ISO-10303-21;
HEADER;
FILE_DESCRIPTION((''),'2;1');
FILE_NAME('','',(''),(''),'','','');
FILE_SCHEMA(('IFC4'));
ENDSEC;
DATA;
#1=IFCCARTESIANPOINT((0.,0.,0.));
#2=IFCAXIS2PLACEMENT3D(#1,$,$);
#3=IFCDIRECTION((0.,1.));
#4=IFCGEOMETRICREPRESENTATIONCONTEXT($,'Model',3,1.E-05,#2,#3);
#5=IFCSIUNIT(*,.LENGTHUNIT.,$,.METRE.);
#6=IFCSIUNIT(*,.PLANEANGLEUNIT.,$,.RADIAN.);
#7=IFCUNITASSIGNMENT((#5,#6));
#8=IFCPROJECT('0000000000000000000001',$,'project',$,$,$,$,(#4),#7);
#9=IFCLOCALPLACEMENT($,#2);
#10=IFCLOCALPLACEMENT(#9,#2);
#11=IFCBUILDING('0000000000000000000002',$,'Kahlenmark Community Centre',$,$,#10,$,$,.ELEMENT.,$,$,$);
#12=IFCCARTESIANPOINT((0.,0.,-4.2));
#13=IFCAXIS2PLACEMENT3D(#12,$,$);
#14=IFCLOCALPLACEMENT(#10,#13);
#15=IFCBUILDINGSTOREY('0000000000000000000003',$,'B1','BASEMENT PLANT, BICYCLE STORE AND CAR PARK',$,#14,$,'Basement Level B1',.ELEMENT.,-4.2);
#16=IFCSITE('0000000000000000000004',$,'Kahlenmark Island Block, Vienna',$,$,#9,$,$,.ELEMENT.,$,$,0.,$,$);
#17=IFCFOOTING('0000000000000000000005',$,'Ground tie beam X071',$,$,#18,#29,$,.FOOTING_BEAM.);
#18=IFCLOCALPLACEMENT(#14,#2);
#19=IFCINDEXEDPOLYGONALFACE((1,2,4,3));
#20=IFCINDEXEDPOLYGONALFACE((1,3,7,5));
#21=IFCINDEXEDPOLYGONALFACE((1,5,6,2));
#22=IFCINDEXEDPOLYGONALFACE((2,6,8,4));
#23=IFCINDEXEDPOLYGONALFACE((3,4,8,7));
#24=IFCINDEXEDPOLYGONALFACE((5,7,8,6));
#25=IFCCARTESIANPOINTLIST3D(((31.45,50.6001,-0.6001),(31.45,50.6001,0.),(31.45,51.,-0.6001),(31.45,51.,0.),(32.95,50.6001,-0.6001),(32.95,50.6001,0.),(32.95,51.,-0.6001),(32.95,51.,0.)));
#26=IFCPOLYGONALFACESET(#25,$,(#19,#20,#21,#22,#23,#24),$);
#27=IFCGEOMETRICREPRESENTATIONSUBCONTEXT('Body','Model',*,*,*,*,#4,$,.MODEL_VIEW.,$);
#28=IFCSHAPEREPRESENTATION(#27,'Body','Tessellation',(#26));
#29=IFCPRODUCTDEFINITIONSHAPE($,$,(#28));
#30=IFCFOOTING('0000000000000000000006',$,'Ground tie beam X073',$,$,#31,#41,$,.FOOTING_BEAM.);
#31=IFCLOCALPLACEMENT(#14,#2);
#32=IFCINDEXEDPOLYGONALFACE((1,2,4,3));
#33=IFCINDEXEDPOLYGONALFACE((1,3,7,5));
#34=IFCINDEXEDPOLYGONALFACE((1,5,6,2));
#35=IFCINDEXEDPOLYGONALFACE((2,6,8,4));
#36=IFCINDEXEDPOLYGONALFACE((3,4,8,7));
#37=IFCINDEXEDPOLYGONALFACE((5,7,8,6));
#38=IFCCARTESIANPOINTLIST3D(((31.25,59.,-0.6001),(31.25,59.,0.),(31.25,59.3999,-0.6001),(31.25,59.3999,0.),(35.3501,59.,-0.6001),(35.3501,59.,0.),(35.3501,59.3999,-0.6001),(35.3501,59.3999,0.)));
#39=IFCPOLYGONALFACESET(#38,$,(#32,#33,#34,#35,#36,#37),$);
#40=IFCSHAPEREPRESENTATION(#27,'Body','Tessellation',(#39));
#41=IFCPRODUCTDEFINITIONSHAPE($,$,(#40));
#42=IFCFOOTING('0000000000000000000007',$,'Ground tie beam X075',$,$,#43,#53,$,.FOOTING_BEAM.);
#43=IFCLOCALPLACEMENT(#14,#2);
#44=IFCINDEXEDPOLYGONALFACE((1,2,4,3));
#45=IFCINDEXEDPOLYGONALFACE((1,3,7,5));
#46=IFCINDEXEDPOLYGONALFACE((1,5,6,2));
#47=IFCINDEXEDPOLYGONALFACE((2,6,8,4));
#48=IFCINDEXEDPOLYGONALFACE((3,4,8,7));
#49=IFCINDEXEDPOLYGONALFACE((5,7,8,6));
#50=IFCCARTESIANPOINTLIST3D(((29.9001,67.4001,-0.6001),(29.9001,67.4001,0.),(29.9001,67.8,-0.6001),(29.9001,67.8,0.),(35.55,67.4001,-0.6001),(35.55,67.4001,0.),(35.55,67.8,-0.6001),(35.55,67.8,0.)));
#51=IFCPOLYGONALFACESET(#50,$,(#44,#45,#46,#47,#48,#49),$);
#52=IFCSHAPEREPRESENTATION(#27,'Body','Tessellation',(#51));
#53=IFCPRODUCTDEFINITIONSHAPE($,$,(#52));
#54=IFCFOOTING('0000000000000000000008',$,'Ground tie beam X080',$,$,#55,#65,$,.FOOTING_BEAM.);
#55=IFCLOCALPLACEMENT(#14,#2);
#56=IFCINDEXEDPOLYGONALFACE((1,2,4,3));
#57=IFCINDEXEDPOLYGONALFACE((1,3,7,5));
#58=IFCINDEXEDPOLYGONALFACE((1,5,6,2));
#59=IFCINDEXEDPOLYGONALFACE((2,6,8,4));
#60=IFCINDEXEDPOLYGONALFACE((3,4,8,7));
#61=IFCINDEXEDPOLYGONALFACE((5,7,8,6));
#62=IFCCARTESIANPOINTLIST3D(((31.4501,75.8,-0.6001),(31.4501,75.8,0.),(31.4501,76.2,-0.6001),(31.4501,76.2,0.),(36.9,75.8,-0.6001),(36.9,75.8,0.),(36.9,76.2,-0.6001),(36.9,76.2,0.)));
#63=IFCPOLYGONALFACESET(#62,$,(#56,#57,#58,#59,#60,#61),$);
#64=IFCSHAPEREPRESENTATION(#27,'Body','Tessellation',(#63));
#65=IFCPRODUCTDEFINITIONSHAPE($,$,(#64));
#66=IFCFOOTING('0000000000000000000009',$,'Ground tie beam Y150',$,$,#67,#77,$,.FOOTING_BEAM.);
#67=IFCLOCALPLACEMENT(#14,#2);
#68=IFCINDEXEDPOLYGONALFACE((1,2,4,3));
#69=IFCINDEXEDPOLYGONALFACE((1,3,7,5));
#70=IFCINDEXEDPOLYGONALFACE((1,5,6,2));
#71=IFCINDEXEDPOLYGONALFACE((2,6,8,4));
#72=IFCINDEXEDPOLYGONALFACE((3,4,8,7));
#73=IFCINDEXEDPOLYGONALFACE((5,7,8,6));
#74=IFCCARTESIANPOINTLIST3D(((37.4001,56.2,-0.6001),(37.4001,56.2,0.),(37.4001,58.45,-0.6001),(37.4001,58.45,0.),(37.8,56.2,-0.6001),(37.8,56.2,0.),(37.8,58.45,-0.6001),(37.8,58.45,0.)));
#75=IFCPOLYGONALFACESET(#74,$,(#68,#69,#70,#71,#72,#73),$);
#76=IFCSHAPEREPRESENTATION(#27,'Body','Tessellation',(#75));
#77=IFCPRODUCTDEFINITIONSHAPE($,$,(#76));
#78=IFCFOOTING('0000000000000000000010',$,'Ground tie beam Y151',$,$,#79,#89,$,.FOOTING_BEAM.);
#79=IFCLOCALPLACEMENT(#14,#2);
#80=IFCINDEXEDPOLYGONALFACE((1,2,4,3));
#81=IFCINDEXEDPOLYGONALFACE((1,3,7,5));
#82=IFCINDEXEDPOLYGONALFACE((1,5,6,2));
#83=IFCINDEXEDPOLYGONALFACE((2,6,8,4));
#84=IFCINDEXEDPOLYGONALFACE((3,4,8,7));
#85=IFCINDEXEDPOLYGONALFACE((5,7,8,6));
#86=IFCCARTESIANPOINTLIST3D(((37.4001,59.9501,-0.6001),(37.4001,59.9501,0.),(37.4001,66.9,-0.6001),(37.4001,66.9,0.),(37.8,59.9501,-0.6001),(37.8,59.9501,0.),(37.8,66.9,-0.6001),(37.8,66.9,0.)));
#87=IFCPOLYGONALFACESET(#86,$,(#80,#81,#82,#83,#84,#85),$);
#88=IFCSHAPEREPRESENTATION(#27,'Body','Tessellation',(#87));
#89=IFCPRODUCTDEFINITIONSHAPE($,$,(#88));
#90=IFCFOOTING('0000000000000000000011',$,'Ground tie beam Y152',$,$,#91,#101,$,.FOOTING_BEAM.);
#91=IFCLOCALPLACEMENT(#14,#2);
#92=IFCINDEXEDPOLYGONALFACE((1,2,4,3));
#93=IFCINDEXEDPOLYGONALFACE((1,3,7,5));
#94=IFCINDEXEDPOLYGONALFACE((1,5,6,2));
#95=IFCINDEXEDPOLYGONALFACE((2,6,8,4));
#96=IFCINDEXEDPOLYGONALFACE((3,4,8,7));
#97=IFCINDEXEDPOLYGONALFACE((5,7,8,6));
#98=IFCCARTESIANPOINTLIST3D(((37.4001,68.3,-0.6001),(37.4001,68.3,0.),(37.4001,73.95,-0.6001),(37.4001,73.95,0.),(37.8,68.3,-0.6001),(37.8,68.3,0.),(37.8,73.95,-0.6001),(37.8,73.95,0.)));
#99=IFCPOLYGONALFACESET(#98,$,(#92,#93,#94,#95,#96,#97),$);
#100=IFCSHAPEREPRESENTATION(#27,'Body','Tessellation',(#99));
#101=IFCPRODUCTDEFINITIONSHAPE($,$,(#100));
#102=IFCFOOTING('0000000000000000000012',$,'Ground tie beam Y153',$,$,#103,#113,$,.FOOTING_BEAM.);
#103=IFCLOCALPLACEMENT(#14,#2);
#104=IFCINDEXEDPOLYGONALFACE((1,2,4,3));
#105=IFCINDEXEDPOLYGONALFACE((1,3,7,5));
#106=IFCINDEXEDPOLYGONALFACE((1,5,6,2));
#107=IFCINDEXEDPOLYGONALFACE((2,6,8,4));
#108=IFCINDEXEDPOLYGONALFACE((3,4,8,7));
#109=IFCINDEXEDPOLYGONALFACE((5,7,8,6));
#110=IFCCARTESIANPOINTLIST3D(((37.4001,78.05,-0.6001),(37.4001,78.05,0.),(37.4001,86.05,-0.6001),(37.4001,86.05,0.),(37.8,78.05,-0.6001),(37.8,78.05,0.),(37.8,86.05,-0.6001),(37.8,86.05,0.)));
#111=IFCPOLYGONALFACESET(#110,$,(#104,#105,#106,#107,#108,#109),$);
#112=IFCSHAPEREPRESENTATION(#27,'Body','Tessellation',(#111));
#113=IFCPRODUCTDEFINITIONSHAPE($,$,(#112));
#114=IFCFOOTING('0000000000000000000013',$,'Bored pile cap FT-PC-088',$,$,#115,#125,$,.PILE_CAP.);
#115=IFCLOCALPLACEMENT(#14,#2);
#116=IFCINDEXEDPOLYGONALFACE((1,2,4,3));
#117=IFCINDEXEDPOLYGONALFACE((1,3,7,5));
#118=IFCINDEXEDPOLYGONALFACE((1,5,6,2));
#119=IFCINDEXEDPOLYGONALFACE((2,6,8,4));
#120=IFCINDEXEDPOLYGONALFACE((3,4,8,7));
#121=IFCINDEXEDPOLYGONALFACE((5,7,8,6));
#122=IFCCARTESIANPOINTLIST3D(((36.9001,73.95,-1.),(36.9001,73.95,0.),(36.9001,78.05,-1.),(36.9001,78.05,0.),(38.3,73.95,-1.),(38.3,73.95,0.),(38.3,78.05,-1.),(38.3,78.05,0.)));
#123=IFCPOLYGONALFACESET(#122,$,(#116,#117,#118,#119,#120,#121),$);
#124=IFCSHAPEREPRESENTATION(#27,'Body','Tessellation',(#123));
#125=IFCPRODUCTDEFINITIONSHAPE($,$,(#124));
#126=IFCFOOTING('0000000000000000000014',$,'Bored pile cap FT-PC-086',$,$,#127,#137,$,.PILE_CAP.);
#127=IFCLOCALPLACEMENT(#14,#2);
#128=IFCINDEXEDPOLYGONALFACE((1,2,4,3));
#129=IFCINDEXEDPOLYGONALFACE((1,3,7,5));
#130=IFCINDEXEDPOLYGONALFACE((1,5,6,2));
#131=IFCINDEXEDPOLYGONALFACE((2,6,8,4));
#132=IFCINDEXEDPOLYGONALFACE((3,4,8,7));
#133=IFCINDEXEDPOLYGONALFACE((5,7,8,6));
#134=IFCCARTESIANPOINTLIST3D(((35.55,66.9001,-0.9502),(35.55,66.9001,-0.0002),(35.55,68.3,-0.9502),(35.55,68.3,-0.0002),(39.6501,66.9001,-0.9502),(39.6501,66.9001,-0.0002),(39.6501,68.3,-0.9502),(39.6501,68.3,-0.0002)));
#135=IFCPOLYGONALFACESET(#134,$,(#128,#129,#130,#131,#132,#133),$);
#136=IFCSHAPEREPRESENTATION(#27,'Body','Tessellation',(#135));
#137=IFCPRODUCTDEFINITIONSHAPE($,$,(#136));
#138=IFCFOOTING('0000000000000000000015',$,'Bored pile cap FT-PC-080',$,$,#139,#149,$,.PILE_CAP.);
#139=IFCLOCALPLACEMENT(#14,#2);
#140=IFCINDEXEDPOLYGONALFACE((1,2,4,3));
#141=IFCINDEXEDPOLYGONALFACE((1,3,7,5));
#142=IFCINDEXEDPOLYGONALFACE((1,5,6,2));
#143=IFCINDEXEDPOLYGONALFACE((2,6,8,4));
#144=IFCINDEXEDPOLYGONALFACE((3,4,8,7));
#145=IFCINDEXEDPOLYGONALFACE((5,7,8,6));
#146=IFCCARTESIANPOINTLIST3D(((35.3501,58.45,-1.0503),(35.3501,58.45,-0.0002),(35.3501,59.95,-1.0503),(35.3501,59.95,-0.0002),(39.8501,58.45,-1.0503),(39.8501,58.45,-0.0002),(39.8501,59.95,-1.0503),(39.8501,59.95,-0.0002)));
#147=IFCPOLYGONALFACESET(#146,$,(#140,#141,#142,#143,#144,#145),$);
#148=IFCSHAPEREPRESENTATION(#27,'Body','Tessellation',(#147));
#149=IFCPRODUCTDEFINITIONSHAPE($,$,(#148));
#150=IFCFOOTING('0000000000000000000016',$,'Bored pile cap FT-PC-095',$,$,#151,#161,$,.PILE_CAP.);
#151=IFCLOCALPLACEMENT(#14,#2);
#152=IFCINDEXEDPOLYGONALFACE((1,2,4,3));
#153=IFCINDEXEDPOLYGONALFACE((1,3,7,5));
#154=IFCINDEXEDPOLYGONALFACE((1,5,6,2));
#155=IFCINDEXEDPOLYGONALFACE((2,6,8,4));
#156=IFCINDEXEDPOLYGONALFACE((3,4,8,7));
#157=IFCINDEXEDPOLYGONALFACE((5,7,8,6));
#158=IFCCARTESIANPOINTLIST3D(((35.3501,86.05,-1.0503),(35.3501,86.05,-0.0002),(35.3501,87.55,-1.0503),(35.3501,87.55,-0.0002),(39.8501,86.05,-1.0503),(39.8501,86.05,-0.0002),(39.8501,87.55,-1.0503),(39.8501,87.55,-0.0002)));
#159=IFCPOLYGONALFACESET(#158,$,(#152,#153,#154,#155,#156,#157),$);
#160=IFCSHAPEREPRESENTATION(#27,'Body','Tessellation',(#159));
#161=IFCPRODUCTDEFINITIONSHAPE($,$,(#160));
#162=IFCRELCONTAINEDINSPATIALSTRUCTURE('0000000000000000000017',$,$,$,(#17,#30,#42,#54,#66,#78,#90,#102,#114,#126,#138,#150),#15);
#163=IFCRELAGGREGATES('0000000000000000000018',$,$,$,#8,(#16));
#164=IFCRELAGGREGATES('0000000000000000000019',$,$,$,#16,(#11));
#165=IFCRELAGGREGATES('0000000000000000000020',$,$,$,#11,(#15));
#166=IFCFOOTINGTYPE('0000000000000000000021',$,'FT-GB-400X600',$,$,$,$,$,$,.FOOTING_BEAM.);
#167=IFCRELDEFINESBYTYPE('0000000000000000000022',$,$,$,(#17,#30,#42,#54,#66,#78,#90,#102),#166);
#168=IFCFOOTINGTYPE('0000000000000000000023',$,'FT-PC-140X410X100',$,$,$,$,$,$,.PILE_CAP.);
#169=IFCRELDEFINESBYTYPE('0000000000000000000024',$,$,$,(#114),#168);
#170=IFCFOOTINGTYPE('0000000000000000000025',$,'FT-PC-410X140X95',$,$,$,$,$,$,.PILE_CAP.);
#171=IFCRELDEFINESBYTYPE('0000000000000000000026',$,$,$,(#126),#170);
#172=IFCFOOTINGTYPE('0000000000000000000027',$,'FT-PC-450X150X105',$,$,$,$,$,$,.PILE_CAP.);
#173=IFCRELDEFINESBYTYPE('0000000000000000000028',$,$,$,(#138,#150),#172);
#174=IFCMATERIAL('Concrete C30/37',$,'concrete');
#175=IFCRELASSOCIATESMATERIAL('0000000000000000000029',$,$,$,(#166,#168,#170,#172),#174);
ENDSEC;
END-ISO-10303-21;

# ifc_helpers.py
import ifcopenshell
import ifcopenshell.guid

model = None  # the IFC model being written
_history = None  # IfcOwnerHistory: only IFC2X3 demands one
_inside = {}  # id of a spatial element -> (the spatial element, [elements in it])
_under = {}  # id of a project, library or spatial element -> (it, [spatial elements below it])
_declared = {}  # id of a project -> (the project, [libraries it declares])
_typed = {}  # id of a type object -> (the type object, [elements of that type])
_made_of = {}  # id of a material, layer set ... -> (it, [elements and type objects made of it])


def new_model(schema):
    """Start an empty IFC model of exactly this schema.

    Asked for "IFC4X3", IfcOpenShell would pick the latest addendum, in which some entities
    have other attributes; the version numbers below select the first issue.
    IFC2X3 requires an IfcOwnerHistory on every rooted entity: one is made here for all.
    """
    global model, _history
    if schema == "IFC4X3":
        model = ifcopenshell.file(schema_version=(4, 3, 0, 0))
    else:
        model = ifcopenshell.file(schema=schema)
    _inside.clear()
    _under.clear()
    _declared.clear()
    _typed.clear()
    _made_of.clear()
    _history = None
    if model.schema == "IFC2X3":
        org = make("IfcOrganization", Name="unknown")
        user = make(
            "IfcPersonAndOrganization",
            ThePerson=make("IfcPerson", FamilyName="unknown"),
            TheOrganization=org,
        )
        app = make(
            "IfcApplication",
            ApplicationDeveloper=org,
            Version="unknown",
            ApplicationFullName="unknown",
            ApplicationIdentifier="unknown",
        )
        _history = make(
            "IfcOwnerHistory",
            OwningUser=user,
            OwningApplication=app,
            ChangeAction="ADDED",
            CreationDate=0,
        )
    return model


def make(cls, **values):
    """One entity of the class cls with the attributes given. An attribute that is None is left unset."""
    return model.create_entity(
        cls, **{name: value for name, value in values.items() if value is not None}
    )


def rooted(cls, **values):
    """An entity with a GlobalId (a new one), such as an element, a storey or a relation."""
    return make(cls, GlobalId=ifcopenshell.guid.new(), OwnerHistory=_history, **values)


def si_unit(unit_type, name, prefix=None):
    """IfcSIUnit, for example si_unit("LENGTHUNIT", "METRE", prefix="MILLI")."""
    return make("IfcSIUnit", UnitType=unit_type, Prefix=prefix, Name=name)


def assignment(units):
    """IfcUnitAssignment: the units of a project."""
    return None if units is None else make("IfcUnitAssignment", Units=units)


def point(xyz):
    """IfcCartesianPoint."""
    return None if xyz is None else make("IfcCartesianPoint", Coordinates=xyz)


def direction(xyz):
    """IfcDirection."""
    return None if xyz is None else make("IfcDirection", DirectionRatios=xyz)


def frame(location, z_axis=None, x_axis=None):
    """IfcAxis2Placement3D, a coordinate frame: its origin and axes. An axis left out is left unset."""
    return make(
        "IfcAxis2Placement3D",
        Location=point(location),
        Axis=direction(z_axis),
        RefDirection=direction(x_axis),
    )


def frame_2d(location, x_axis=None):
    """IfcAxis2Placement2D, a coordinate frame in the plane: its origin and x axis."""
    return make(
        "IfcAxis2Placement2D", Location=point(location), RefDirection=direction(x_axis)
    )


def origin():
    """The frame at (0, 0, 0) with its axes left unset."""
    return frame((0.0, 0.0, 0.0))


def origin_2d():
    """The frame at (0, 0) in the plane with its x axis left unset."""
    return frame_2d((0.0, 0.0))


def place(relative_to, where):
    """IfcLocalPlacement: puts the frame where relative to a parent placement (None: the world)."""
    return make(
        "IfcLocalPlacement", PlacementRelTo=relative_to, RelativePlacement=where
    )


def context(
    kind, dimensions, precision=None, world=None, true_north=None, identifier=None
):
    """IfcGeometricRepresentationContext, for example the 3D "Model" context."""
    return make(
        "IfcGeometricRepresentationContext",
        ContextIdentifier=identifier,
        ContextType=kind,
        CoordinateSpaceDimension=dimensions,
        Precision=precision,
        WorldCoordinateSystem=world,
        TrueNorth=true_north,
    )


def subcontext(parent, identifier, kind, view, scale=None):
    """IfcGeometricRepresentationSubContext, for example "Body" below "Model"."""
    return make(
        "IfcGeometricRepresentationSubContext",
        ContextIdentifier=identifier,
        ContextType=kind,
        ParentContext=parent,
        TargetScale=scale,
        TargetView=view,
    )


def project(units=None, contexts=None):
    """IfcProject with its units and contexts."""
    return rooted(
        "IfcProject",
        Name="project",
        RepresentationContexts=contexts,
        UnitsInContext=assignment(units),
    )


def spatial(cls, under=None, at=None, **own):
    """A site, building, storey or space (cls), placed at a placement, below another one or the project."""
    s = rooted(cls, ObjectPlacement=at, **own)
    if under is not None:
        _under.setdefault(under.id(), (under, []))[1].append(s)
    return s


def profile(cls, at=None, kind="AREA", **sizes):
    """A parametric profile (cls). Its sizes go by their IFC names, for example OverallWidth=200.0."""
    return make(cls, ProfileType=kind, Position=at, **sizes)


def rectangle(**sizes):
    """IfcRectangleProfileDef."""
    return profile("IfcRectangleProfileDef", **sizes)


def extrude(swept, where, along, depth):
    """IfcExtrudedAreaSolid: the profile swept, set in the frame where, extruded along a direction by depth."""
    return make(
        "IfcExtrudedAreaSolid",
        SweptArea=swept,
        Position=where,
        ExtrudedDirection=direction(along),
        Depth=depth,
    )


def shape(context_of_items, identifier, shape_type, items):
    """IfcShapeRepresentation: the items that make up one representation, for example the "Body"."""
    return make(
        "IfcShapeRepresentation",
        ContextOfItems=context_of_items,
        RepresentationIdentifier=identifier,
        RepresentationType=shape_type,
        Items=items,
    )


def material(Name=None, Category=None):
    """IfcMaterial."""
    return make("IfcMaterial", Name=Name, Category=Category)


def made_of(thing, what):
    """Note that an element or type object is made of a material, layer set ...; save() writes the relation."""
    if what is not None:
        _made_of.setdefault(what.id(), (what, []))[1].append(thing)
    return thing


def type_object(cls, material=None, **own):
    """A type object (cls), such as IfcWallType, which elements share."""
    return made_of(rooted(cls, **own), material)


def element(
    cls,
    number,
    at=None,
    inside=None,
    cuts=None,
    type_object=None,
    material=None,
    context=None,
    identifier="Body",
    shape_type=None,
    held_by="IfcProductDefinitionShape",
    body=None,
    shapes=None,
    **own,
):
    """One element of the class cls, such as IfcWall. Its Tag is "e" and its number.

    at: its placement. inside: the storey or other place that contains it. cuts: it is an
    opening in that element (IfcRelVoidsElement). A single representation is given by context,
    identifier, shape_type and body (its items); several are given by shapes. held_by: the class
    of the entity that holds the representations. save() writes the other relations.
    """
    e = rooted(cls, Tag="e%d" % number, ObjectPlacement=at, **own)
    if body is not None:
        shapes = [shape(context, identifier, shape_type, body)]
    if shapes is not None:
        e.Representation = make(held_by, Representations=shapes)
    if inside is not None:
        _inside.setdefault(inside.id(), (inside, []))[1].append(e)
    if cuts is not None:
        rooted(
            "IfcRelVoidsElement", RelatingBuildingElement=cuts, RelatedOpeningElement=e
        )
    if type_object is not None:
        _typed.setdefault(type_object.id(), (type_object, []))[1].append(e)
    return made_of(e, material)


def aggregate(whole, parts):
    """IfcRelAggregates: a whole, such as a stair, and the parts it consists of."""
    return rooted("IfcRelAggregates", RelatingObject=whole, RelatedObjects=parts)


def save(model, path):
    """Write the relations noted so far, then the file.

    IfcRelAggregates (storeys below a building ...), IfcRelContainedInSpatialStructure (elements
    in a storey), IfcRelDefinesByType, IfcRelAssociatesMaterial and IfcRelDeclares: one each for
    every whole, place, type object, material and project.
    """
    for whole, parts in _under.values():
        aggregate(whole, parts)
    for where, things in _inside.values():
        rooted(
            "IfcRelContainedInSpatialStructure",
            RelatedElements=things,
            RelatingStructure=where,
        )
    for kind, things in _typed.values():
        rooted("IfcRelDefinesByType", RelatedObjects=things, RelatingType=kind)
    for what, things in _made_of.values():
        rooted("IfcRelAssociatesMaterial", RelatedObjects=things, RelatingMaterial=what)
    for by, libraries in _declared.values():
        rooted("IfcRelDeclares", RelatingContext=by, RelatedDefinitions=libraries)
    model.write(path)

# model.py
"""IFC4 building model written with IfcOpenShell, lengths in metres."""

from ifc_helpers import new_model, si_unit, direction, frame, origin, origin_2d, place, context, subcontext, project, spatial, rectangle, extrude, material, type_object, element, save


model = new_model("IFC4")

# Units and contexts
model_context = context("Model", 3, precision=1e-05, world=origin(), true_north=direction((0.0, 1.0)))
body_context = subcontext(model_context, "Body", "Model", "MODEL_VIEW")
ifc_project = project(units=[si_unit("LENGTHUNIT", "METRE"), si_unit("PLANEANGLEUNIT", "RADIAN")], contexts=[model_context])

# Site, building, storey
site_placement = place(None, origin())
site = spatial("IfcSite", under=ifc_project, at=site_placement, Name="Kahlenmark Island Block, Vienna", CompositionType="ELEMENT", RefElevation=0.0)
building_placement = place(site_placement, origin())
building = spatial("IfcBuilding", under=site, at=building_placement, Name="Kahlenmark Community Centre", CompositionType="ELEMENT")
storey_placement = place(building_placement, frame((0.0, 0.0, -4.2)))
storey = spatial("IfcBuildingStorey", under=building, at=storey_placement, Name="B1", Description="BASEMENT PLANT, BICYCLE STORE AND CAR PARK", LongName="Basement Level B1", CompositionType="ELEMENT", Elevation=-4.2)

# Footings
ifc_material_1 = material(Name="Concrete C30/37", Category="concrete")
footing_type_1 = type_object("IfcFootingType", Name="FT-GB-400X600", PredefinedType="FOOTING_BEAM", material=ifc_material_1)
footing_1_placement = place(storey_placement, frame((32.2, 50.8, -0.6001), z_axis=(0.0, 0.0, 1.0), x_axis=(1.0, 0.0, 0.0)))
element("IfcFooting", 1, at=footing_1_placement, inside=storey, type_object=footing_type_1, Name="Ground tie beam X071", PredefinedType="FOOTING_BEAM", context=body_context, shape_type="SweptSolid", body=[
    extrude(rectangle(XDim=1.5, YDim=0.3999, at=origin_2d()), origin(), (0.0, 0.0, 1.0), 0.6001),
])
footing_2_placement = place(storey_placement, frame((33.3, 59.2, -0.6001), z_axis=(0.0, 0.0, 1.0), x_axis=(1.0, 0.0, 0.0)))
element("IfcFooting", 2, at=footing_2_placement, inside=storey, type_object=footing_type_1, Name="Ground tie beam X073", PredefinedType="FOOTING_BEAM", context=body_context, shape_type="SweptSolid", body=[
    extrude(rectangle(XDim=4.1001, YDim=0.3999, at=origin_2d()), origin(), (0.0, 0.0, 1.0), 0.6001),
])
footing_3_placement = place(storey_placement, frame((32.7251, 67.6001, -0.6001), z_axis=(0.0, 0.0, 1.0), x_axis=(1.0, 0.0, 0.0)))
element("IfcFooting", 3, at=footing_3_placement, inside=storey, type_object=footing_type_1, Name="Ground tie beam X075", PredefinedType="FOOTING_BEAM", context=body_context, shape_type="SweptSolid", body=[
    extrude(rectangle(XDim=5.6499, YDim=0.3999, at=origin_2d()), origin(), (0.0, 0.0, 1.0), 0.6001),
])
footing_4_placement = place(storey_placement, frame((34.175, 76.0, -0.6001), z_axis=(0.0, 0.0, 1.0), x_axis=(1.0, 0.0, 0.0)))
element("IfcFooting", 4, at=footing_4_placement, inside=storey, type_object=footing_type_1, Name="Ground tie beam X080", PredefinedType="FOOTING_BEAM", context=body_context, shape_type="SweptSolid", body=[
    extrude(rectangle(XDim=5.45, YDim=0.3999, at=origin_2d()), origin(), (0.0, 0.0, 1.0), 0.6001),
])
footing_5_placement = place(storey_placement, frame((37.6001, 57.325, -0.6001), z_axis=(0.0, 0.0, 1.0), x_axis=(1.0, 0.0, 0.0)))
element("IfcFooting", 5, at=footing_5_placement, inside=storey, type_object=footing_type_1, Name="Ground tie beam Y150", PredefinedType="FOOTING_BEAM", context=body_context, shape_type="SweptSolid", body=[
    extrude(rectangle(XDim=0.3999, YDim=2.25, at=origin_2d()), origin(), (0.0, 0.0, 1.0), 0.6001),
])
footing_6_placement = place(storey_placement, frame((37.6001, 63.425, -0.6001), z_axis=(0.0, 0.0, 1.0), x_axis=(1.0, 0.0, 0.0)))
element("IfcFooting", 6, at=footing_6_placement, inside=storey, type_object=footing_type_1, Name="Ground tie beam Y151", PredefinedType="FOOTING_BEAM", context=body_context, shape_type="SweptSolid", body=[
    extrude(rectangle(XDim=0.3999, YDim=6.95, at=origin_2d()), origin(), (0.0, 0.0, 1.0), 0.6001),
])
footing_7_placement = place(storey_placement, frame((37.6001, 71.125, -0.6001), z_axis=(0.0, 0.0, 1.0), x_axis=(1.0, 0.0, 0.0)))
element("IfcFooting", 7, at=footing_7_placement, inside=storey, type_object=footing_type_1, Name="Ground tie beam Y152", PredefinedType="FOOTING_BEAM", context=body_context, shape_type="SweptSolid", body=[
    extrude(rectangle(XDim=0.3999, YDim=5.6499, at=origin_2d()), origin(), (0.0, 0.0, 1.0), 0.6001),
])
footing_8_placement = place(storey_placement, frame((37.6001, 82.05, -0.6001), z_axis=(0.0, 0.0, 1.0), x_axis=(1.0, 0.0, 0.0)))
element("IfcFooting", 8, at=footing_8_placement, inside=storey, type_object=footing_type_1, Name="Ground tie beam Y153", PredefinedType="FOOTING_BEAM", context=body_context, shape_type="SweptSolid", body=[
    extrude(rectangle(XDim=0.3999, YDim=8.0, at=origin_2d()), origin(), (0.0, 0.0, 1.0), 0.6001),
])
footing_type_2 = type_object("IfcFootingType", Name="FT-PC-140X410X100", PredefinedType="PILE_CAP", material=ifc_material_1)
footing_9_placement = place(storey_placement, frame((37.6001, 76.0, -1.0), z_axis=(0.0, 0.0, 1.0), x_axis=(1.0, 0.0, 0.0)))
element("IfcFooting", 9, at=footing_9_placement, inside=storey, type_object=footing_type_2, Name="Bored pile cap FT-PC-088", PredefinedType="PILE_CAP", context=body_context, shape_type="SweptSolid", body=[
    extrude(rectangle(XDim=1.3999, YDim=4.1001, at=origin_2d()), origin(), (0.0, 0.0, 1.0), 1.0),
])
footing_type_3 = type_object("IfcFootingType", Name="FT-PC-410X140X95", PredefinedType="PILE_CAP", material=ifc_material_1)
footing_10_placement = place(storey_placement, frame((37.6001, 67.6001, -0.9502), z_axis=(0.0, 0.0, 1.0), x_axis=(1.0, 0.0, 0.0)))
element("IfcFooting", 10, at=footing_10_placement, inside=storey, type_object=footing_type_3, Name="Bored pile cap FT-PC-086", PredefinedType="PILE_CAP", context=body_context, shape_type="SweptSolid", body=[
    extrude(rectangle(XDim=4.1001, YDim=1.3999, at=origin_2d()), origin(), (0.0, 0.0, 1.0), 0.95),
])
footing_type_4 = type_object("IfcFootingType", Name="FT-PC-450X150X105", PredefinedType="PILE_CAP", material=ifc_material_1)
for number, where, z_axis, x_axis, name in (
    (11, (37.6001, 59.2, -1.0503), (0.0, 0.0, 1.0), (1.0, 0.0, 0.0), "Bored pile cap FT-PC-080"),
    (12, (37.6001, 86.8, -1.0503), (0.0, 0.0, 1.0), (1.0, 0.0, 0.0), "Bored pile cap FT-PC-095"),
):
    element("IfcFooting", number, at=place(storey_placement, frame(where, z_axis=z_axis, x_axis=x_axis)), inside=storey, type_object=footing_type_4, Name=name, PredefinedType="PILE_CAP", context=body_context, shape_type="SweptSolid", body=[
        extrude(rectangle(XDim=4.5, YDim=1.5, at=origin_2d()), origin(), (0.0, 0.0, 1.0), 1.05),
    ])

save(model, "model.ifc")
